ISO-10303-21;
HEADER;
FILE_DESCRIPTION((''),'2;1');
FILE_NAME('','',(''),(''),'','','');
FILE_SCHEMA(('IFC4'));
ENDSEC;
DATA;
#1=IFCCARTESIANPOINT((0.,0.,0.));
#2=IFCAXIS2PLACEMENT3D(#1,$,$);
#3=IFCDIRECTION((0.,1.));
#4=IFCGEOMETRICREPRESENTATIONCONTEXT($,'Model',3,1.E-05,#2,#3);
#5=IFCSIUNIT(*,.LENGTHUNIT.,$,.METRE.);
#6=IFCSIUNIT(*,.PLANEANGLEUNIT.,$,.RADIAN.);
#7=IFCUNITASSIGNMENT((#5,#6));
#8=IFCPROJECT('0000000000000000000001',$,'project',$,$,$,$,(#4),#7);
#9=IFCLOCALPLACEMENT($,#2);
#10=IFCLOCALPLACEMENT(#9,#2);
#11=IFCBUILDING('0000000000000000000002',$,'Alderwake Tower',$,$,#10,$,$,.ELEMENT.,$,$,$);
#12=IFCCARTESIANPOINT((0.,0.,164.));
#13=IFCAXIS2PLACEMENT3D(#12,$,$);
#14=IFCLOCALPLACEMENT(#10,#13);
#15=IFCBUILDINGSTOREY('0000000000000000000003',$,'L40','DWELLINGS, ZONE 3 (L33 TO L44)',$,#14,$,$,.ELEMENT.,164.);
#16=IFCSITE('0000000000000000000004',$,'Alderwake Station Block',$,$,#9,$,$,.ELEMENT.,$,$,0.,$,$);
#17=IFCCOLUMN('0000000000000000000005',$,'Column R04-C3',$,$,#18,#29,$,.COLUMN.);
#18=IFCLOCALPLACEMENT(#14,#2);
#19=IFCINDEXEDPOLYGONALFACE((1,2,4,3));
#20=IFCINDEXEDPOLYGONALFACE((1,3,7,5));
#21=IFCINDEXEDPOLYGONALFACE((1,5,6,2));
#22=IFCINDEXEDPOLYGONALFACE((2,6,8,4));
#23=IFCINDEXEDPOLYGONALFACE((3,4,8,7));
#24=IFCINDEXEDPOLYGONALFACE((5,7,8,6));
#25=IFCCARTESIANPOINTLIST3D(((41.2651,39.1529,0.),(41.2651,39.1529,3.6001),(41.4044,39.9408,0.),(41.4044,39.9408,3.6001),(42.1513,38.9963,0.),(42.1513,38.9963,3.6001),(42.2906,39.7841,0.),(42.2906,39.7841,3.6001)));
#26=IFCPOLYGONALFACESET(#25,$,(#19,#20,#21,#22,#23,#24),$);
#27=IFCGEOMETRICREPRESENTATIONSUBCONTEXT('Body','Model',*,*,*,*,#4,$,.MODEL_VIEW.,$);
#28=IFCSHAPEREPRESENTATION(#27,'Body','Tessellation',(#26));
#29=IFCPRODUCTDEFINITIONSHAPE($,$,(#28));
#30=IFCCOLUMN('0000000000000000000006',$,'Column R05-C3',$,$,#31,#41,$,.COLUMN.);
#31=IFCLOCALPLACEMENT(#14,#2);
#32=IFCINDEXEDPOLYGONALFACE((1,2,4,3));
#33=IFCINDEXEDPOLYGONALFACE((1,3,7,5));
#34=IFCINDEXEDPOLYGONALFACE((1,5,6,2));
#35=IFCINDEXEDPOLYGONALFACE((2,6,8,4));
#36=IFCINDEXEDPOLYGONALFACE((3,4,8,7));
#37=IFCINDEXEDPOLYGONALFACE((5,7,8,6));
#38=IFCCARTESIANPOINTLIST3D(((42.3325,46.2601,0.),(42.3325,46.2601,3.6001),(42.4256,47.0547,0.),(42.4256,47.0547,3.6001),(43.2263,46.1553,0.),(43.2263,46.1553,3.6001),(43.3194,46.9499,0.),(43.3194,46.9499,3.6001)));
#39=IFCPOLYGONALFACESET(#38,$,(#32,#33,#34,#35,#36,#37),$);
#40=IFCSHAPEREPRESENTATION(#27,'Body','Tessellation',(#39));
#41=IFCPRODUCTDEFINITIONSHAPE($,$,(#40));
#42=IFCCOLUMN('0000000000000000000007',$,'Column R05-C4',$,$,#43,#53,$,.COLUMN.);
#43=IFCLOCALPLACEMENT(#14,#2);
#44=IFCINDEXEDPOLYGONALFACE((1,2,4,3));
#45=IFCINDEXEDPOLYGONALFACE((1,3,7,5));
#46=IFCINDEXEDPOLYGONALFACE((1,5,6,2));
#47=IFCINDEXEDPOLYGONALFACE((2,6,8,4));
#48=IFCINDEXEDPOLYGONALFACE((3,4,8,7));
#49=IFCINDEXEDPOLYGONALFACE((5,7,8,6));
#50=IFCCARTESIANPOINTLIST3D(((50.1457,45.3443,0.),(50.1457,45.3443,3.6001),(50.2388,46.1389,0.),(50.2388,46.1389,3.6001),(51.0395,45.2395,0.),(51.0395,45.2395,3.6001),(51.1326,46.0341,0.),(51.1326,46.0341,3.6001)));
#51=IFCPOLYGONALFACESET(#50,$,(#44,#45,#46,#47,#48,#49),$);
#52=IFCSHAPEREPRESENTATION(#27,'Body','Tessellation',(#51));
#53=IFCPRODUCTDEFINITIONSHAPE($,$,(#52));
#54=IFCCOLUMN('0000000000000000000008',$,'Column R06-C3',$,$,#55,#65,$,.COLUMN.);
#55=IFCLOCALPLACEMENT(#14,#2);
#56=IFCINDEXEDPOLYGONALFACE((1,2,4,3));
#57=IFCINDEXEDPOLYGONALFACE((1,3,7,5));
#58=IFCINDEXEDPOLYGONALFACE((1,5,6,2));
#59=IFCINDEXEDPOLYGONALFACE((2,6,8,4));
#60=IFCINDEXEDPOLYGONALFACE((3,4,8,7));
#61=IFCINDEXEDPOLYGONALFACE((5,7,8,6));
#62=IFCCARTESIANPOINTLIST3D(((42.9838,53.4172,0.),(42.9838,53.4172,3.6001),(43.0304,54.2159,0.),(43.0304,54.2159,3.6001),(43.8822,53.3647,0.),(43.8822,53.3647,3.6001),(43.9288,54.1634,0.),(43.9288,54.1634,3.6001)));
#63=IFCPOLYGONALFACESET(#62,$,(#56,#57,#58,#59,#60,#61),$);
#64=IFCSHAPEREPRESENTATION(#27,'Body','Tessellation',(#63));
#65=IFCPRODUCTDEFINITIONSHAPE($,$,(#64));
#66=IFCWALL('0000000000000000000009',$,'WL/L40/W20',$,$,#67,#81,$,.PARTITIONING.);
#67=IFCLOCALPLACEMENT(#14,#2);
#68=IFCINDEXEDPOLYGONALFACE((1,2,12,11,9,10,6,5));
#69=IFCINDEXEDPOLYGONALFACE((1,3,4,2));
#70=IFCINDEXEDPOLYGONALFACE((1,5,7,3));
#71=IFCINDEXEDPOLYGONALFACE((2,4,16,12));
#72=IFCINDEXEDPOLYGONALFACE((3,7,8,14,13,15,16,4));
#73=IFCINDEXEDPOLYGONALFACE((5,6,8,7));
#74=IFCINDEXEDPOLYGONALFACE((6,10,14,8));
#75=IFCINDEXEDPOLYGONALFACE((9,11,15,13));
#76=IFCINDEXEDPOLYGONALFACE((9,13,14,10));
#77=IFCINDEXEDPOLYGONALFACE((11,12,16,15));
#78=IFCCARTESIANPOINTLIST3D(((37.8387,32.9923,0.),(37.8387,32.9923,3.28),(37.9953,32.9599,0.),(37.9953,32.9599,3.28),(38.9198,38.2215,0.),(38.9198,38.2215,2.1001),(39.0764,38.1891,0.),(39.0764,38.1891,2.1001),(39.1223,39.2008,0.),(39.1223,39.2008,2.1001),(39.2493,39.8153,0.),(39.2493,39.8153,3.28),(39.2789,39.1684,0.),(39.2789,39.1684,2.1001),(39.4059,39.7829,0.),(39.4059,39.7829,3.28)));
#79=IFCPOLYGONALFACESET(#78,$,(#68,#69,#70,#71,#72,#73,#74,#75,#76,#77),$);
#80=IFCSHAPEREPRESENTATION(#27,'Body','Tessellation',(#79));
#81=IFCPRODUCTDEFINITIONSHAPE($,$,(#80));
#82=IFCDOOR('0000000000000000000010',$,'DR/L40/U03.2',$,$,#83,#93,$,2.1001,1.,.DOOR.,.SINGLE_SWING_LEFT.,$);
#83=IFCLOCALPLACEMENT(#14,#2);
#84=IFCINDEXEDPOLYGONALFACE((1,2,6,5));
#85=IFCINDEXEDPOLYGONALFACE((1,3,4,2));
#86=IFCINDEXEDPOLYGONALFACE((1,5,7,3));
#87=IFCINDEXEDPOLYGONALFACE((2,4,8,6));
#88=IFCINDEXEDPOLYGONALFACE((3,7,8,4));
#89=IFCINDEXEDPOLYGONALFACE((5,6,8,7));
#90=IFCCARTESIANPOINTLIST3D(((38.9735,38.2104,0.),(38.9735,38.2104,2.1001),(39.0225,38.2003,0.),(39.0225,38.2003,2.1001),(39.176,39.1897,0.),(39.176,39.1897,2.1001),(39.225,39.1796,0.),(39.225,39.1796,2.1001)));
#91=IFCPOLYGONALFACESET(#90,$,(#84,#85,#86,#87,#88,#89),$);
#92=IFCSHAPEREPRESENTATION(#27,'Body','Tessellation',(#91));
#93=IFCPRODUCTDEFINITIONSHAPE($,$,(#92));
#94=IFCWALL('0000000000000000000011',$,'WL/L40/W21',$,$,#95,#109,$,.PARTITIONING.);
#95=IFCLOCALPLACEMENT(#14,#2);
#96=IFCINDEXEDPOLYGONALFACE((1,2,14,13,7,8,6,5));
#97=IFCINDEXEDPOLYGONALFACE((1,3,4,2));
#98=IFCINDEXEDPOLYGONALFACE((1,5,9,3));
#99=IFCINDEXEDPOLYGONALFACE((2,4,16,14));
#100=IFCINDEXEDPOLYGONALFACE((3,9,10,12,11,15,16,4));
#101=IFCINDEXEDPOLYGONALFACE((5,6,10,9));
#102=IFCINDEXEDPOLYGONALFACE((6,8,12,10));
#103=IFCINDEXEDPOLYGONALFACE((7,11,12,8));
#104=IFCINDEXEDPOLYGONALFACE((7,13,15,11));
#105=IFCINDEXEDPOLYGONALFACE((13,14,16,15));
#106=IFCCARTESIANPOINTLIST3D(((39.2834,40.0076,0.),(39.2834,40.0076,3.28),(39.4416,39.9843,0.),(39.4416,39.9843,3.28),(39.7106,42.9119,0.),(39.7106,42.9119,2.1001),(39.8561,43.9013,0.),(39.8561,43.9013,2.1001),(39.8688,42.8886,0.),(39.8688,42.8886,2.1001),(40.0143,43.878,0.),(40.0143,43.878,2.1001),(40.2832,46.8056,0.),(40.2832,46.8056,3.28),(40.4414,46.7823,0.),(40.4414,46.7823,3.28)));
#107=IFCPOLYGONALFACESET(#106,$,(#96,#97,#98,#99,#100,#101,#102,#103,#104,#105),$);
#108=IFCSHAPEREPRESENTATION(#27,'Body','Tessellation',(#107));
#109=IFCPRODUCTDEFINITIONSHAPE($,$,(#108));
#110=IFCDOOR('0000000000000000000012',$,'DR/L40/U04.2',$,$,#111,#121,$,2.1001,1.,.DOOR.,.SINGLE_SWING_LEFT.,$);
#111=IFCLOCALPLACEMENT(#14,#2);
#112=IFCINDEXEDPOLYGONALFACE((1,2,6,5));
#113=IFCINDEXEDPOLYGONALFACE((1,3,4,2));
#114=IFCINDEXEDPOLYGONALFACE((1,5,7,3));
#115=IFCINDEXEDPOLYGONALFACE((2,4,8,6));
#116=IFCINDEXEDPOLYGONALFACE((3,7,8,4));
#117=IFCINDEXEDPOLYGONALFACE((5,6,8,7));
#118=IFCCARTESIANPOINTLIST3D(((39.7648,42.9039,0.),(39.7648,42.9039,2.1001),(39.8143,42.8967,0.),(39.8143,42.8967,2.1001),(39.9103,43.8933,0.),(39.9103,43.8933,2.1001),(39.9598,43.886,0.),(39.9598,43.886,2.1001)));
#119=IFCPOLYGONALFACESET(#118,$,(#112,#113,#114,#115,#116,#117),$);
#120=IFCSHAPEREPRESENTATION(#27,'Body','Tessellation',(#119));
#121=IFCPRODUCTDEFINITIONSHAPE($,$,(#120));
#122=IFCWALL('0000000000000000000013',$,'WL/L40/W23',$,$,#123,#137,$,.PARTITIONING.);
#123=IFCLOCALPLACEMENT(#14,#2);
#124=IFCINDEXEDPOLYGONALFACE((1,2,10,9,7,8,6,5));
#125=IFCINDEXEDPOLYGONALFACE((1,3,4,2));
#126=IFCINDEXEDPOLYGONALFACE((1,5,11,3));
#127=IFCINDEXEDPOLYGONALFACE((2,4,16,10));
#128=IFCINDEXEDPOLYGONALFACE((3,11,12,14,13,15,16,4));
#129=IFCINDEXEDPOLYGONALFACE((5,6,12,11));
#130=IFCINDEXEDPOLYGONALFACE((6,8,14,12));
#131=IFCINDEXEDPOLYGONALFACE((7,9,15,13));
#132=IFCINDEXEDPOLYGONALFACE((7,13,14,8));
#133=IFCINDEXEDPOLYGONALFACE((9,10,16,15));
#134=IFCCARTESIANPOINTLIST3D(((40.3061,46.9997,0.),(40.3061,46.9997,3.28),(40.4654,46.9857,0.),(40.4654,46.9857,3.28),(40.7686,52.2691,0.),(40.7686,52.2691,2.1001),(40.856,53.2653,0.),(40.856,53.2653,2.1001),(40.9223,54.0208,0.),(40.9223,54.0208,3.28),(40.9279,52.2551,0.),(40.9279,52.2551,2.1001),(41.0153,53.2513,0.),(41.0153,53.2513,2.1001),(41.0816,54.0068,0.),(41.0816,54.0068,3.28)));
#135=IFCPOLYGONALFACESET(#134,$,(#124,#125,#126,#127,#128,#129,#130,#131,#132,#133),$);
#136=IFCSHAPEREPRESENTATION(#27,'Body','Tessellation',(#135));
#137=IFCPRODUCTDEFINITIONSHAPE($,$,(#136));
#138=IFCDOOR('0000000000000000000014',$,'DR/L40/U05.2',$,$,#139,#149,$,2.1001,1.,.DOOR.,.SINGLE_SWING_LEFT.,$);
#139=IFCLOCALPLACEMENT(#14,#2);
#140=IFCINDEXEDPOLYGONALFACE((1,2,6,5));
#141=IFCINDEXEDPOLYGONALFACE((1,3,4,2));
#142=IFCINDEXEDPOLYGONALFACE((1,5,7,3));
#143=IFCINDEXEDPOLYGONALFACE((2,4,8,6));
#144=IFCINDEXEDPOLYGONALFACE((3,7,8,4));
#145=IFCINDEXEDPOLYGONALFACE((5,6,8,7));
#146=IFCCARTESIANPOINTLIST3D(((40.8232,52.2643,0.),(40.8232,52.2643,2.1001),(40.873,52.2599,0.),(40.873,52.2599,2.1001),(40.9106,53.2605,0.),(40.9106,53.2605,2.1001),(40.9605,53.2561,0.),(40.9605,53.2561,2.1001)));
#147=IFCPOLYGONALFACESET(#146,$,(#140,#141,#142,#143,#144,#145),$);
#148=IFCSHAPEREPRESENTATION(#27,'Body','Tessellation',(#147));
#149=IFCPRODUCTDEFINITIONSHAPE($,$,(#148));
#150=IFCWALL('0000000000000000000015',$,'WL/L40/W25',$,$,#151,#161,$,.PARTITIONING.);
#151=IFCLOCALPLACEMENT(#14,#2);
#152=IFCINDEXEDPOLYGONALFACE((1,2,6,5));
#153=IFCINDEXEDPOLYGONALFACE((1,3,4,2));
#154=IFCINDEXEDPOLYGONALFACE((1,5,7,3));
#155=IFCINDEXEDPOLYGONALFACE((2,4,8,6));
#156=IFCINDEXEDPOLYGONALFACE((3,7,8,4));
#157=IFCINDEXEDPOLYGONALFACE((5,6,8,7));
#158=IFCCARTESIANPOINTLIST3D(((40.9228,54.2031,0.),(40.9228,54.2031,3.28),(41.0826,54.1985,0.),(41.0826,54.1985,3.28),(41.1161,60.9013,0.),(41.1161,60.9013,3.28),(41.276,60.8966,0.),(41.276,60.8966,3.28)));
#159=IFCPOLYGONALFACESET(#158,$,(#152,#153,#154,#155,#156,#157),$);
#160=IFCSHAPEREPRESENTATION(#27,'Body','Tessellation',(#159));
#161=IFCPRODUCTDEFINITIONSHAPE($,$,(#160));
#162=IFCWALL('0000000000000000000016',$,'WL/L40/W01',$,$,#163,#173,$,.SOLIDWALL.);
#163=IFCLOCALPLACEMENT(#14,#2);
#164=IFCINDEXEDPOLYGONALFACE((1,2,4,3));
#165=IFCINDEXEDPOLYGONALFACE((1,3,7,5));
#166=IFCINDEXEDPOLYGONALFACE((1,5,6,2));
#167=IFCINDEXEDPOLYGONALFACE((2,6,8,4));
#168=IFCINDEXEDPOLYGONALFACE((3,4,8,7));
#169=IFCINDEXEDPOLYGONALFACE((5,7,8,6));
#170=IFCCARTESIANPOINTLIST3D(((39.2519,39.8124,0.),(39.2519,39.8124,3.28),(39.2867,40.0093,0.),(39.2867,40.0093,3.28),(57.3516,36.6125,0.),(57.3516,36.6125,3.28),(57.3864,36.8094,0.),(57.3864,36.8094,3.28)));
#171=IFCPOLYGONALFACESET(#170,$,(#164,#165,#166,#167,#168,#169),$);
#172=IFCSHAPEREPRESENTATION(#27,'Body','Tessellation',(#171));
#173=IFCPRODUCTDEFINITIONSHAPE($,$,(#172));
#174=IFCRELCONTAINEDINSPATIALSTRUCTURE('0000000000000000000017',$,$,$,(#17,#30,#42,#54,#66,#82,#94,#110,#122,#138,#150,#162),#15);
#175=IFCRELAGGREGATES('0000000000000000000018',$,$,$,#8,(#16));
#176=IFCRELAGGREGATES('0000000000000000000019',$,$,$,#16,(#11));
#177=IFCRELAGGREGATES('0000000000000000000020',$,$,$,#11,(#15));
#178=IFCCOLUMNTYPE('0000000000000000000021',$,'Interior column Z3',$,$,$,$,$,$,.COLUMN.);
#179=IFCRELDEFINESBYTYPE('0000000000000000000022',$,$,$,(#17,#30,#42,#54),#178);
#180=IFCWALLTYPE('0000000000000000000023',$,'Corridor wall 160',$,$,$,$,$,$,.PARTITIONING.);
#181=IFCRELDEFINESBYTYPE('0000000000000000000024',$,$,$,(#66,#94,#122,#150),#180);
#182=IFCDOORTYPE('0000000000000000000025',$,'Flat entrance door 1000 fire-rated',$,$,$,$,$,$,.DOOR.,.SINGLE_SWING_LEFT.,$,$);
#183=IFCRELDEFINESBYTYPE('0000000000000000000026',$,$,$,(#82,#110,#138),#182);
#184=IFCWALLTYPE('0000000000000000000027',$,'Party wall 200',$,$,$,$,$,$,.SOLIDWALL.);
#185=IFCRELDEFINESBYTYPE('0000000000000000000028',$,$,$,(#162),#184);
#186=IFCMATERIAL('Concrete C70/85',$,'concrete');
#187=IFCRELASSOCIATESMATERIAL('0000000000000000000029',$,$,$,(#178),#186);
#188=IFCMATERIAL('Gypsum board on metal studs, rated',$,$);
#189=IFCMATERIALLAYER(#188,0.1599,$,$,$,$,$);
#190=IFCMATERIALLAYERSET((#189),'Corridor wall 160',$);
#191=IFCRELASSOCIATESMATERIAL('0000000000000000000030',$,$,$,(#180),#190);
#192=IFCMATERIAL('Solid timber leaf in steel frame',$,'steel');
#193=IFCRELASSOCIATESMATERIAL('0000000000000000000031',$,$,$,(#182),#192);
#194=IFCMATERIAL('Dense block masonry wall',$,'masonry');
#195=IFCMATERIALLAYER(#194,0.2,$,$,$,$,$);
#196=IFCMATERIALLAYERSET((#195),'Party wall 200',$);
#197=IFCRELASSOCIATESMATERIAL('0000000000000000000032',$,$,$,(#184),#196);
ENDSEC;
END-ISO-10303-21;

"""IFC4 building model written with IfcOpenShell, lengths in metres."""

from ifc_helpers import new_model, si_unit, direction, frame, frame_2d, origin, origin_2d, place, context, subcontext, project, spatial, rectangle, extrude, material, layer, layer_set, material_profile, profile_set, type_object, element, fill, save


model = new_model("IFC4")

# Units and contexts
model_context = context("Model", 3, precision=1e-05, world=origin(), true_north=direction((0.0, 1.0)))
body_context = subcontext(model_context, "Body", "Model", "MODEL_VIEW")
ifc_project = project(units=[si_unit("LENGTHUNIT", "METRE"), si_unit("PLANEANGLEUNIT", "RADIAN")], contexts=[model_context])

# Site, building, storey
site_placement = place(None, origin())
site = spatial("IfcSite", under=ifc_project, at=site_placement, Name="Alderwake Station Block", CompositionType="ELEMENT", RefElevation=0.0)
building_placement = place(site_placement, origin())
building = spatial("IfcBuilding", under=site, at=building_placement, Name="Alderwake Tower", CompositionType="ELEMENT")
storey_placement = place(building_placement, frame((0.0, 0.0, 164.0)))
storey = spatial("IfcBuildingStorey", under=building, at=storey_placement, Name="L40", Description="DWELLINGS, ZONE 3 (L33 TO L44)", CompositionType="ELEMENT", Elevation=164.0)

# Columns
ifc_material_1 = material(Name="Concrete C70/85", Category="concrete")
ifc_material_profile = material_profile(ifc_material_1, rectangle(XDim=0.8, YDim=0.8999, at=origin_2d()), Name="RC 900X800")
ifc_profile_set = profile_set([ifc_material_profile], Name="Concrete C70/85")
column_type = type_object("IfcColumnType", Name="Interior column Z3", PredefinedType="COLUMN", material=ifc_profile_set)
for number, where, z_axis, x_axis, name in (
    (1, (41.7778, 39.4685, 0.0), (0.0, 0.0, 1.0), (0.174109, 0.984726, 0.0), "Column R04-C3"),
    (2, (42.8259, 46.605, 0.0), (0.0, 0.0, 1.0), (0.116402, 0.993202, 0.0), "Column R05-C3"),
    (3, (50.6392, 45.6892, 0.0), (0.0, 0.0, 1.0), (0.116402, 0.993202, 0.0), "Column R05-C4"),
    (4, (43.4563, 53.7903, 0.0), (0.0, 0.0, 1.0), (0.058301, 0.998299, 0.0), "Column R06-C3"),
):
    element("IfcColumn", number, at=place(storey_placement, frame(where, z_axis=z_axis, x_axis=x_axis)), inside=storey, type_object=column_type, Name=name, PredefinedType="COLUMN", context=body_context, shape_type="SweptSolid", body=[
        extrude(rectangle(XDim=0.8, YDim=0.8999, at=origin_2d()), origin(), (0.0, 0.0, 1.0), 3.6001),
    ])

# Walls, openings, doors
ifc_material_2 = material(Name="Gypsum board on metal studs, rated")
ifc_layer_1 = layer(ifc_material_2, 0.1599)
ifc_layer_set_1 = layer_set([ifc_layer_1], Name="Corridor wall 160")
wall_type_1 = type_object("IfcWallType", Name="Corridor wall 160", PredefinedType="PARTITIONING", material=ifc_layer_set_1)
wall_1_placement = place(storey_placement, frame((39.3276, 39.7991, 0.0), z_axis=(0.0, 0.0, 1.0), x_axis=(-0.202467, -0.979289, 0.0)))
wall_1 = element("IfcWall", 5, at=wall_1_placement, inside=storey, type_object=wall_type_1, Name="WL/L40/W20", PredefinedType="PARTITIONING", context=body_context, shape_type="SweptSolid", body=[
    extrude(rectangle(XDim=6.9673, YDim=0.1599, at=frame_2d((3.4836, 0.0))), origin(), (0.0, 0.0, 1.0), 3.28),
])
opening_1_placement = place(wall_1_placement, frame((0.6274, 0.0, 0.0)))
opening_1 = element("IfcOpeningElement", 6, at=opening_1_placement, cuts=wall_1, PredefinedType="OPENING", context=body_context, shape_type="SweptSolid", body=[
    extrude(rectangle(XDim=1.0, YDim=2.1001, at=frame_2d((0.5, 1.05))), frame((0.0, 0.0898, 0.0), z_axis=(0.0, -1.0, 0.0), x_axis=(1.0, 0.0, 0.0)), (0.0, 0.0, 1.0), 0.1799),
])
ifc_material_3 = material(Name="Solid timber leaf in steel frame", Category="steel")
door_type_1 = type_object("IfcDoorType", Name="Flat entrance door 1000 fire-rated", OperationType="SINGLE_SWING_LEFT", PredefinedType="DOOR", material=ifc_material_3)
door_1_placement = place(opening_1_placement, origin())
door_1 = element("IfcDoor", 7, at=door_1_placement, inside=storey, type_object=door_type_1, Name="DR/L40/U03.2", OperationType="SINGLE_SWING_LEFT", OverallHeight=2.1001, OverallWidth=1.0, PredefinedType="DOOR", context=body_context, shape_type="SweptSolid", body=[
    extrude(rectangle(XDim=1.0, YDim=2.1001, at=frame_2d((0.5, 1.05))), frame((0.0, 0.0249, 0.0), z_axis=(0.0, -1.0, 0.0), x_axis=(1.0, 0.0, 0.0)), (0.0, 0.0, 1.0), 0.05),
])
fill(opening_1, door_1)
wall_2_placement = place(storey_placement, frame((40.3623, 46.7939, 0.0), z_axis=(0.0, 0.0, 1.0), x_axis=(-0.145504, -0.989358, 0.0)))
wall_2 = element("IfcWall", 8, at=wall_2_placement, inside=storey, type_object=wall_type_1, Name="WL/L40/W21", PredefinedType="PARTITIONING", context=body_context, shape_type="SweptSolid", body=[
    extrude(rectangle(XDim=6.8711, YDim=0.1599, at=frame_2d((3.4355, 0.0))), origin(), (0.0, 0.0, 1.0), 3.28),
])
opening_2_placement = place(wall_2_placement, frame((2.9355, 0.0, 0.0)))
opening_2 = element("IfcOpeningElement", 9, at=opening_2_placement, cuts=wall_2, PredefinedType="OPENING", context=body_context, shape_type="SweptSolid", body=[
    extrude(rectangle(XDim=1.0, YDim=2.1001, at=frame_2d((0.5, 1.05))), frame((0.0, 0.0898, 0.0), z_axis=(0.0, -1.0, 0.0), x_axis=(1.0, 0.0, 0.0)), (0.0, 0.0, 1.0), 0.1799),
])
door_2_placement = place(opening_2_placement, origin())
door_2 = element("IfcDoor", 10, at=door_2_placement, inside=storey, type_object=door_type_1, Name="DR/L40/U04.2", OperationType="SINGLE_SWING_LEFT", OverallHeight=2.1001, OverallWidth=1.0, PredefinedType="DOOR", context=body_context, shape_type="SweptSolid", body=[
    extrude(rectangle(XDim=1.0, YDim=2.1001, at=frame_2d((0.5, 1.05))), frame((0.0, 0.0249, 0.0), z_axis=(0.0, -1.0, 0.0), x_axis=(1.0, 0.0, 0.0)), (0.0, 0.0, 1.0), 0.05),
])
fill(opening_2, door_2)
wall_3_placement = place(storey_placement, frame((41.002, 54.0137, 0.0), z_axis=(0.0, 0.0, 1.0), x_axis=(-0.087431, -0.996171, 0.0)))
wall_3 = element("IfcWall", 11, at=wall_3_placement, inside=storey, type_object=wall_type_1, Name="WL/L40/W23", PredefinedType="PARTITIONING", context=body_context, shape_type="SweptSolid", body=[
    extrude(rectangle(XDim=7.0481, YDim=0.1599, at=frame_2d((3.5239, 0.0))), origin(), (0.0, 0.0, 1.0), 3.28),
])
opening_3_placement = place(wall_3_placement, frame((0.7583, 0.0, 0.0)))
opening_3 = element("IfcOpeningElement", 12, at=opening_3_placement, cuts=wall_3, PredefinedType="OPENING", context=body_context, shape_type="SweptSolid", body=[
    extrude(rectangle(XDim=1.0, YDim=2.1001, at=frame_2d((0.5, 1.05))), frame((0.0, 0.0898, 0.0), z_axis=(0.0, -1.0, 0.0), x_axis=(1.0, 0.0, 0.0)), (0.0, 0.0, 1.0), 0.1799),
])
door_3_placement = place(opening_3_placement, origin())
door_3 = element("IfcDoor", 13, at=door_3_placement, inside=storey, type_object=door_type_1, Name="DR/L40/U05.2", OperationType="SINGLE_SWING_LEFT", OverallHeight=2.1001, OverallWidth=1.0, PredefinedType="DOOR", context=body_context, shape_type="SweptSolid", body=[
    extrude(rectangle(XDim=1.0, YDim=2.1001, at=frame_2d((0.5, 1.05))), frame((0.0, 0.0249, 0.0), z_axis=(0.0, -1.0, 0.0), x_axis=(1.0, 0.0, 0.0)), (0.0, 0.0, 1.0), 0.05),
])
fill(opening_3, door_3)

# Walls
wall_4_placement = place(storey_placement, frame((41.0027, 54.2007, 0.0), z_axis=(0.0, 0.0, 1.0), x_axis=(0.028855, 0.999584, 0.0)))
element("IfcWall", 14, at=wall_4_placement, inside=storey, type_object=wall_type_1, Name="WL/L40/W25", PredefinedType="PARTITIONING", context=body_context, shape_type="SweptSolid", body=[
    extrude(rectangle(XDim=6.7009, YDim=0.1599, at=frame_2d((3.3506, 0.0))), origin(), (0.0, 0.0, 1.0), 3.28),
])
ifc_material_4 = material(Name="Dense block masonry wall", Category="masonry")
ifc_layer_2 = layer(ifc_material_4, 0.2)
ifc_layer_set_2 = layer_set([ifc_layer_2], Name="Party wall 200")
wall_type_2 = type_object("IfcWallType", Name="Party wall 200", PredefinedType="SOLIDWALL", material=ifc_layer_set_2)
wall_5_placement = place(storey_placement, frame((39.2693, 39.9109, 0.0), z_axis=(0.0, 0.0, 1.0), x_axis=(0.984729, -0.174097, 0.0)))
element("IfcWall", 15, at=wall_5_placement, inside=storey, type_object=wall_type_2, Name="WL/L40/W01", PredefinedType="SOLIDWALL", context=body_context, shape_type="SweptSolid", body=[
    extrude(rectangle(XDim=18.3804, YDim=0.2, at=frame_2d((9.1902, 0.0))), origin(), (0.0, 0.0, 1.0), 3.28),
])

save(model, "model.ifc")
